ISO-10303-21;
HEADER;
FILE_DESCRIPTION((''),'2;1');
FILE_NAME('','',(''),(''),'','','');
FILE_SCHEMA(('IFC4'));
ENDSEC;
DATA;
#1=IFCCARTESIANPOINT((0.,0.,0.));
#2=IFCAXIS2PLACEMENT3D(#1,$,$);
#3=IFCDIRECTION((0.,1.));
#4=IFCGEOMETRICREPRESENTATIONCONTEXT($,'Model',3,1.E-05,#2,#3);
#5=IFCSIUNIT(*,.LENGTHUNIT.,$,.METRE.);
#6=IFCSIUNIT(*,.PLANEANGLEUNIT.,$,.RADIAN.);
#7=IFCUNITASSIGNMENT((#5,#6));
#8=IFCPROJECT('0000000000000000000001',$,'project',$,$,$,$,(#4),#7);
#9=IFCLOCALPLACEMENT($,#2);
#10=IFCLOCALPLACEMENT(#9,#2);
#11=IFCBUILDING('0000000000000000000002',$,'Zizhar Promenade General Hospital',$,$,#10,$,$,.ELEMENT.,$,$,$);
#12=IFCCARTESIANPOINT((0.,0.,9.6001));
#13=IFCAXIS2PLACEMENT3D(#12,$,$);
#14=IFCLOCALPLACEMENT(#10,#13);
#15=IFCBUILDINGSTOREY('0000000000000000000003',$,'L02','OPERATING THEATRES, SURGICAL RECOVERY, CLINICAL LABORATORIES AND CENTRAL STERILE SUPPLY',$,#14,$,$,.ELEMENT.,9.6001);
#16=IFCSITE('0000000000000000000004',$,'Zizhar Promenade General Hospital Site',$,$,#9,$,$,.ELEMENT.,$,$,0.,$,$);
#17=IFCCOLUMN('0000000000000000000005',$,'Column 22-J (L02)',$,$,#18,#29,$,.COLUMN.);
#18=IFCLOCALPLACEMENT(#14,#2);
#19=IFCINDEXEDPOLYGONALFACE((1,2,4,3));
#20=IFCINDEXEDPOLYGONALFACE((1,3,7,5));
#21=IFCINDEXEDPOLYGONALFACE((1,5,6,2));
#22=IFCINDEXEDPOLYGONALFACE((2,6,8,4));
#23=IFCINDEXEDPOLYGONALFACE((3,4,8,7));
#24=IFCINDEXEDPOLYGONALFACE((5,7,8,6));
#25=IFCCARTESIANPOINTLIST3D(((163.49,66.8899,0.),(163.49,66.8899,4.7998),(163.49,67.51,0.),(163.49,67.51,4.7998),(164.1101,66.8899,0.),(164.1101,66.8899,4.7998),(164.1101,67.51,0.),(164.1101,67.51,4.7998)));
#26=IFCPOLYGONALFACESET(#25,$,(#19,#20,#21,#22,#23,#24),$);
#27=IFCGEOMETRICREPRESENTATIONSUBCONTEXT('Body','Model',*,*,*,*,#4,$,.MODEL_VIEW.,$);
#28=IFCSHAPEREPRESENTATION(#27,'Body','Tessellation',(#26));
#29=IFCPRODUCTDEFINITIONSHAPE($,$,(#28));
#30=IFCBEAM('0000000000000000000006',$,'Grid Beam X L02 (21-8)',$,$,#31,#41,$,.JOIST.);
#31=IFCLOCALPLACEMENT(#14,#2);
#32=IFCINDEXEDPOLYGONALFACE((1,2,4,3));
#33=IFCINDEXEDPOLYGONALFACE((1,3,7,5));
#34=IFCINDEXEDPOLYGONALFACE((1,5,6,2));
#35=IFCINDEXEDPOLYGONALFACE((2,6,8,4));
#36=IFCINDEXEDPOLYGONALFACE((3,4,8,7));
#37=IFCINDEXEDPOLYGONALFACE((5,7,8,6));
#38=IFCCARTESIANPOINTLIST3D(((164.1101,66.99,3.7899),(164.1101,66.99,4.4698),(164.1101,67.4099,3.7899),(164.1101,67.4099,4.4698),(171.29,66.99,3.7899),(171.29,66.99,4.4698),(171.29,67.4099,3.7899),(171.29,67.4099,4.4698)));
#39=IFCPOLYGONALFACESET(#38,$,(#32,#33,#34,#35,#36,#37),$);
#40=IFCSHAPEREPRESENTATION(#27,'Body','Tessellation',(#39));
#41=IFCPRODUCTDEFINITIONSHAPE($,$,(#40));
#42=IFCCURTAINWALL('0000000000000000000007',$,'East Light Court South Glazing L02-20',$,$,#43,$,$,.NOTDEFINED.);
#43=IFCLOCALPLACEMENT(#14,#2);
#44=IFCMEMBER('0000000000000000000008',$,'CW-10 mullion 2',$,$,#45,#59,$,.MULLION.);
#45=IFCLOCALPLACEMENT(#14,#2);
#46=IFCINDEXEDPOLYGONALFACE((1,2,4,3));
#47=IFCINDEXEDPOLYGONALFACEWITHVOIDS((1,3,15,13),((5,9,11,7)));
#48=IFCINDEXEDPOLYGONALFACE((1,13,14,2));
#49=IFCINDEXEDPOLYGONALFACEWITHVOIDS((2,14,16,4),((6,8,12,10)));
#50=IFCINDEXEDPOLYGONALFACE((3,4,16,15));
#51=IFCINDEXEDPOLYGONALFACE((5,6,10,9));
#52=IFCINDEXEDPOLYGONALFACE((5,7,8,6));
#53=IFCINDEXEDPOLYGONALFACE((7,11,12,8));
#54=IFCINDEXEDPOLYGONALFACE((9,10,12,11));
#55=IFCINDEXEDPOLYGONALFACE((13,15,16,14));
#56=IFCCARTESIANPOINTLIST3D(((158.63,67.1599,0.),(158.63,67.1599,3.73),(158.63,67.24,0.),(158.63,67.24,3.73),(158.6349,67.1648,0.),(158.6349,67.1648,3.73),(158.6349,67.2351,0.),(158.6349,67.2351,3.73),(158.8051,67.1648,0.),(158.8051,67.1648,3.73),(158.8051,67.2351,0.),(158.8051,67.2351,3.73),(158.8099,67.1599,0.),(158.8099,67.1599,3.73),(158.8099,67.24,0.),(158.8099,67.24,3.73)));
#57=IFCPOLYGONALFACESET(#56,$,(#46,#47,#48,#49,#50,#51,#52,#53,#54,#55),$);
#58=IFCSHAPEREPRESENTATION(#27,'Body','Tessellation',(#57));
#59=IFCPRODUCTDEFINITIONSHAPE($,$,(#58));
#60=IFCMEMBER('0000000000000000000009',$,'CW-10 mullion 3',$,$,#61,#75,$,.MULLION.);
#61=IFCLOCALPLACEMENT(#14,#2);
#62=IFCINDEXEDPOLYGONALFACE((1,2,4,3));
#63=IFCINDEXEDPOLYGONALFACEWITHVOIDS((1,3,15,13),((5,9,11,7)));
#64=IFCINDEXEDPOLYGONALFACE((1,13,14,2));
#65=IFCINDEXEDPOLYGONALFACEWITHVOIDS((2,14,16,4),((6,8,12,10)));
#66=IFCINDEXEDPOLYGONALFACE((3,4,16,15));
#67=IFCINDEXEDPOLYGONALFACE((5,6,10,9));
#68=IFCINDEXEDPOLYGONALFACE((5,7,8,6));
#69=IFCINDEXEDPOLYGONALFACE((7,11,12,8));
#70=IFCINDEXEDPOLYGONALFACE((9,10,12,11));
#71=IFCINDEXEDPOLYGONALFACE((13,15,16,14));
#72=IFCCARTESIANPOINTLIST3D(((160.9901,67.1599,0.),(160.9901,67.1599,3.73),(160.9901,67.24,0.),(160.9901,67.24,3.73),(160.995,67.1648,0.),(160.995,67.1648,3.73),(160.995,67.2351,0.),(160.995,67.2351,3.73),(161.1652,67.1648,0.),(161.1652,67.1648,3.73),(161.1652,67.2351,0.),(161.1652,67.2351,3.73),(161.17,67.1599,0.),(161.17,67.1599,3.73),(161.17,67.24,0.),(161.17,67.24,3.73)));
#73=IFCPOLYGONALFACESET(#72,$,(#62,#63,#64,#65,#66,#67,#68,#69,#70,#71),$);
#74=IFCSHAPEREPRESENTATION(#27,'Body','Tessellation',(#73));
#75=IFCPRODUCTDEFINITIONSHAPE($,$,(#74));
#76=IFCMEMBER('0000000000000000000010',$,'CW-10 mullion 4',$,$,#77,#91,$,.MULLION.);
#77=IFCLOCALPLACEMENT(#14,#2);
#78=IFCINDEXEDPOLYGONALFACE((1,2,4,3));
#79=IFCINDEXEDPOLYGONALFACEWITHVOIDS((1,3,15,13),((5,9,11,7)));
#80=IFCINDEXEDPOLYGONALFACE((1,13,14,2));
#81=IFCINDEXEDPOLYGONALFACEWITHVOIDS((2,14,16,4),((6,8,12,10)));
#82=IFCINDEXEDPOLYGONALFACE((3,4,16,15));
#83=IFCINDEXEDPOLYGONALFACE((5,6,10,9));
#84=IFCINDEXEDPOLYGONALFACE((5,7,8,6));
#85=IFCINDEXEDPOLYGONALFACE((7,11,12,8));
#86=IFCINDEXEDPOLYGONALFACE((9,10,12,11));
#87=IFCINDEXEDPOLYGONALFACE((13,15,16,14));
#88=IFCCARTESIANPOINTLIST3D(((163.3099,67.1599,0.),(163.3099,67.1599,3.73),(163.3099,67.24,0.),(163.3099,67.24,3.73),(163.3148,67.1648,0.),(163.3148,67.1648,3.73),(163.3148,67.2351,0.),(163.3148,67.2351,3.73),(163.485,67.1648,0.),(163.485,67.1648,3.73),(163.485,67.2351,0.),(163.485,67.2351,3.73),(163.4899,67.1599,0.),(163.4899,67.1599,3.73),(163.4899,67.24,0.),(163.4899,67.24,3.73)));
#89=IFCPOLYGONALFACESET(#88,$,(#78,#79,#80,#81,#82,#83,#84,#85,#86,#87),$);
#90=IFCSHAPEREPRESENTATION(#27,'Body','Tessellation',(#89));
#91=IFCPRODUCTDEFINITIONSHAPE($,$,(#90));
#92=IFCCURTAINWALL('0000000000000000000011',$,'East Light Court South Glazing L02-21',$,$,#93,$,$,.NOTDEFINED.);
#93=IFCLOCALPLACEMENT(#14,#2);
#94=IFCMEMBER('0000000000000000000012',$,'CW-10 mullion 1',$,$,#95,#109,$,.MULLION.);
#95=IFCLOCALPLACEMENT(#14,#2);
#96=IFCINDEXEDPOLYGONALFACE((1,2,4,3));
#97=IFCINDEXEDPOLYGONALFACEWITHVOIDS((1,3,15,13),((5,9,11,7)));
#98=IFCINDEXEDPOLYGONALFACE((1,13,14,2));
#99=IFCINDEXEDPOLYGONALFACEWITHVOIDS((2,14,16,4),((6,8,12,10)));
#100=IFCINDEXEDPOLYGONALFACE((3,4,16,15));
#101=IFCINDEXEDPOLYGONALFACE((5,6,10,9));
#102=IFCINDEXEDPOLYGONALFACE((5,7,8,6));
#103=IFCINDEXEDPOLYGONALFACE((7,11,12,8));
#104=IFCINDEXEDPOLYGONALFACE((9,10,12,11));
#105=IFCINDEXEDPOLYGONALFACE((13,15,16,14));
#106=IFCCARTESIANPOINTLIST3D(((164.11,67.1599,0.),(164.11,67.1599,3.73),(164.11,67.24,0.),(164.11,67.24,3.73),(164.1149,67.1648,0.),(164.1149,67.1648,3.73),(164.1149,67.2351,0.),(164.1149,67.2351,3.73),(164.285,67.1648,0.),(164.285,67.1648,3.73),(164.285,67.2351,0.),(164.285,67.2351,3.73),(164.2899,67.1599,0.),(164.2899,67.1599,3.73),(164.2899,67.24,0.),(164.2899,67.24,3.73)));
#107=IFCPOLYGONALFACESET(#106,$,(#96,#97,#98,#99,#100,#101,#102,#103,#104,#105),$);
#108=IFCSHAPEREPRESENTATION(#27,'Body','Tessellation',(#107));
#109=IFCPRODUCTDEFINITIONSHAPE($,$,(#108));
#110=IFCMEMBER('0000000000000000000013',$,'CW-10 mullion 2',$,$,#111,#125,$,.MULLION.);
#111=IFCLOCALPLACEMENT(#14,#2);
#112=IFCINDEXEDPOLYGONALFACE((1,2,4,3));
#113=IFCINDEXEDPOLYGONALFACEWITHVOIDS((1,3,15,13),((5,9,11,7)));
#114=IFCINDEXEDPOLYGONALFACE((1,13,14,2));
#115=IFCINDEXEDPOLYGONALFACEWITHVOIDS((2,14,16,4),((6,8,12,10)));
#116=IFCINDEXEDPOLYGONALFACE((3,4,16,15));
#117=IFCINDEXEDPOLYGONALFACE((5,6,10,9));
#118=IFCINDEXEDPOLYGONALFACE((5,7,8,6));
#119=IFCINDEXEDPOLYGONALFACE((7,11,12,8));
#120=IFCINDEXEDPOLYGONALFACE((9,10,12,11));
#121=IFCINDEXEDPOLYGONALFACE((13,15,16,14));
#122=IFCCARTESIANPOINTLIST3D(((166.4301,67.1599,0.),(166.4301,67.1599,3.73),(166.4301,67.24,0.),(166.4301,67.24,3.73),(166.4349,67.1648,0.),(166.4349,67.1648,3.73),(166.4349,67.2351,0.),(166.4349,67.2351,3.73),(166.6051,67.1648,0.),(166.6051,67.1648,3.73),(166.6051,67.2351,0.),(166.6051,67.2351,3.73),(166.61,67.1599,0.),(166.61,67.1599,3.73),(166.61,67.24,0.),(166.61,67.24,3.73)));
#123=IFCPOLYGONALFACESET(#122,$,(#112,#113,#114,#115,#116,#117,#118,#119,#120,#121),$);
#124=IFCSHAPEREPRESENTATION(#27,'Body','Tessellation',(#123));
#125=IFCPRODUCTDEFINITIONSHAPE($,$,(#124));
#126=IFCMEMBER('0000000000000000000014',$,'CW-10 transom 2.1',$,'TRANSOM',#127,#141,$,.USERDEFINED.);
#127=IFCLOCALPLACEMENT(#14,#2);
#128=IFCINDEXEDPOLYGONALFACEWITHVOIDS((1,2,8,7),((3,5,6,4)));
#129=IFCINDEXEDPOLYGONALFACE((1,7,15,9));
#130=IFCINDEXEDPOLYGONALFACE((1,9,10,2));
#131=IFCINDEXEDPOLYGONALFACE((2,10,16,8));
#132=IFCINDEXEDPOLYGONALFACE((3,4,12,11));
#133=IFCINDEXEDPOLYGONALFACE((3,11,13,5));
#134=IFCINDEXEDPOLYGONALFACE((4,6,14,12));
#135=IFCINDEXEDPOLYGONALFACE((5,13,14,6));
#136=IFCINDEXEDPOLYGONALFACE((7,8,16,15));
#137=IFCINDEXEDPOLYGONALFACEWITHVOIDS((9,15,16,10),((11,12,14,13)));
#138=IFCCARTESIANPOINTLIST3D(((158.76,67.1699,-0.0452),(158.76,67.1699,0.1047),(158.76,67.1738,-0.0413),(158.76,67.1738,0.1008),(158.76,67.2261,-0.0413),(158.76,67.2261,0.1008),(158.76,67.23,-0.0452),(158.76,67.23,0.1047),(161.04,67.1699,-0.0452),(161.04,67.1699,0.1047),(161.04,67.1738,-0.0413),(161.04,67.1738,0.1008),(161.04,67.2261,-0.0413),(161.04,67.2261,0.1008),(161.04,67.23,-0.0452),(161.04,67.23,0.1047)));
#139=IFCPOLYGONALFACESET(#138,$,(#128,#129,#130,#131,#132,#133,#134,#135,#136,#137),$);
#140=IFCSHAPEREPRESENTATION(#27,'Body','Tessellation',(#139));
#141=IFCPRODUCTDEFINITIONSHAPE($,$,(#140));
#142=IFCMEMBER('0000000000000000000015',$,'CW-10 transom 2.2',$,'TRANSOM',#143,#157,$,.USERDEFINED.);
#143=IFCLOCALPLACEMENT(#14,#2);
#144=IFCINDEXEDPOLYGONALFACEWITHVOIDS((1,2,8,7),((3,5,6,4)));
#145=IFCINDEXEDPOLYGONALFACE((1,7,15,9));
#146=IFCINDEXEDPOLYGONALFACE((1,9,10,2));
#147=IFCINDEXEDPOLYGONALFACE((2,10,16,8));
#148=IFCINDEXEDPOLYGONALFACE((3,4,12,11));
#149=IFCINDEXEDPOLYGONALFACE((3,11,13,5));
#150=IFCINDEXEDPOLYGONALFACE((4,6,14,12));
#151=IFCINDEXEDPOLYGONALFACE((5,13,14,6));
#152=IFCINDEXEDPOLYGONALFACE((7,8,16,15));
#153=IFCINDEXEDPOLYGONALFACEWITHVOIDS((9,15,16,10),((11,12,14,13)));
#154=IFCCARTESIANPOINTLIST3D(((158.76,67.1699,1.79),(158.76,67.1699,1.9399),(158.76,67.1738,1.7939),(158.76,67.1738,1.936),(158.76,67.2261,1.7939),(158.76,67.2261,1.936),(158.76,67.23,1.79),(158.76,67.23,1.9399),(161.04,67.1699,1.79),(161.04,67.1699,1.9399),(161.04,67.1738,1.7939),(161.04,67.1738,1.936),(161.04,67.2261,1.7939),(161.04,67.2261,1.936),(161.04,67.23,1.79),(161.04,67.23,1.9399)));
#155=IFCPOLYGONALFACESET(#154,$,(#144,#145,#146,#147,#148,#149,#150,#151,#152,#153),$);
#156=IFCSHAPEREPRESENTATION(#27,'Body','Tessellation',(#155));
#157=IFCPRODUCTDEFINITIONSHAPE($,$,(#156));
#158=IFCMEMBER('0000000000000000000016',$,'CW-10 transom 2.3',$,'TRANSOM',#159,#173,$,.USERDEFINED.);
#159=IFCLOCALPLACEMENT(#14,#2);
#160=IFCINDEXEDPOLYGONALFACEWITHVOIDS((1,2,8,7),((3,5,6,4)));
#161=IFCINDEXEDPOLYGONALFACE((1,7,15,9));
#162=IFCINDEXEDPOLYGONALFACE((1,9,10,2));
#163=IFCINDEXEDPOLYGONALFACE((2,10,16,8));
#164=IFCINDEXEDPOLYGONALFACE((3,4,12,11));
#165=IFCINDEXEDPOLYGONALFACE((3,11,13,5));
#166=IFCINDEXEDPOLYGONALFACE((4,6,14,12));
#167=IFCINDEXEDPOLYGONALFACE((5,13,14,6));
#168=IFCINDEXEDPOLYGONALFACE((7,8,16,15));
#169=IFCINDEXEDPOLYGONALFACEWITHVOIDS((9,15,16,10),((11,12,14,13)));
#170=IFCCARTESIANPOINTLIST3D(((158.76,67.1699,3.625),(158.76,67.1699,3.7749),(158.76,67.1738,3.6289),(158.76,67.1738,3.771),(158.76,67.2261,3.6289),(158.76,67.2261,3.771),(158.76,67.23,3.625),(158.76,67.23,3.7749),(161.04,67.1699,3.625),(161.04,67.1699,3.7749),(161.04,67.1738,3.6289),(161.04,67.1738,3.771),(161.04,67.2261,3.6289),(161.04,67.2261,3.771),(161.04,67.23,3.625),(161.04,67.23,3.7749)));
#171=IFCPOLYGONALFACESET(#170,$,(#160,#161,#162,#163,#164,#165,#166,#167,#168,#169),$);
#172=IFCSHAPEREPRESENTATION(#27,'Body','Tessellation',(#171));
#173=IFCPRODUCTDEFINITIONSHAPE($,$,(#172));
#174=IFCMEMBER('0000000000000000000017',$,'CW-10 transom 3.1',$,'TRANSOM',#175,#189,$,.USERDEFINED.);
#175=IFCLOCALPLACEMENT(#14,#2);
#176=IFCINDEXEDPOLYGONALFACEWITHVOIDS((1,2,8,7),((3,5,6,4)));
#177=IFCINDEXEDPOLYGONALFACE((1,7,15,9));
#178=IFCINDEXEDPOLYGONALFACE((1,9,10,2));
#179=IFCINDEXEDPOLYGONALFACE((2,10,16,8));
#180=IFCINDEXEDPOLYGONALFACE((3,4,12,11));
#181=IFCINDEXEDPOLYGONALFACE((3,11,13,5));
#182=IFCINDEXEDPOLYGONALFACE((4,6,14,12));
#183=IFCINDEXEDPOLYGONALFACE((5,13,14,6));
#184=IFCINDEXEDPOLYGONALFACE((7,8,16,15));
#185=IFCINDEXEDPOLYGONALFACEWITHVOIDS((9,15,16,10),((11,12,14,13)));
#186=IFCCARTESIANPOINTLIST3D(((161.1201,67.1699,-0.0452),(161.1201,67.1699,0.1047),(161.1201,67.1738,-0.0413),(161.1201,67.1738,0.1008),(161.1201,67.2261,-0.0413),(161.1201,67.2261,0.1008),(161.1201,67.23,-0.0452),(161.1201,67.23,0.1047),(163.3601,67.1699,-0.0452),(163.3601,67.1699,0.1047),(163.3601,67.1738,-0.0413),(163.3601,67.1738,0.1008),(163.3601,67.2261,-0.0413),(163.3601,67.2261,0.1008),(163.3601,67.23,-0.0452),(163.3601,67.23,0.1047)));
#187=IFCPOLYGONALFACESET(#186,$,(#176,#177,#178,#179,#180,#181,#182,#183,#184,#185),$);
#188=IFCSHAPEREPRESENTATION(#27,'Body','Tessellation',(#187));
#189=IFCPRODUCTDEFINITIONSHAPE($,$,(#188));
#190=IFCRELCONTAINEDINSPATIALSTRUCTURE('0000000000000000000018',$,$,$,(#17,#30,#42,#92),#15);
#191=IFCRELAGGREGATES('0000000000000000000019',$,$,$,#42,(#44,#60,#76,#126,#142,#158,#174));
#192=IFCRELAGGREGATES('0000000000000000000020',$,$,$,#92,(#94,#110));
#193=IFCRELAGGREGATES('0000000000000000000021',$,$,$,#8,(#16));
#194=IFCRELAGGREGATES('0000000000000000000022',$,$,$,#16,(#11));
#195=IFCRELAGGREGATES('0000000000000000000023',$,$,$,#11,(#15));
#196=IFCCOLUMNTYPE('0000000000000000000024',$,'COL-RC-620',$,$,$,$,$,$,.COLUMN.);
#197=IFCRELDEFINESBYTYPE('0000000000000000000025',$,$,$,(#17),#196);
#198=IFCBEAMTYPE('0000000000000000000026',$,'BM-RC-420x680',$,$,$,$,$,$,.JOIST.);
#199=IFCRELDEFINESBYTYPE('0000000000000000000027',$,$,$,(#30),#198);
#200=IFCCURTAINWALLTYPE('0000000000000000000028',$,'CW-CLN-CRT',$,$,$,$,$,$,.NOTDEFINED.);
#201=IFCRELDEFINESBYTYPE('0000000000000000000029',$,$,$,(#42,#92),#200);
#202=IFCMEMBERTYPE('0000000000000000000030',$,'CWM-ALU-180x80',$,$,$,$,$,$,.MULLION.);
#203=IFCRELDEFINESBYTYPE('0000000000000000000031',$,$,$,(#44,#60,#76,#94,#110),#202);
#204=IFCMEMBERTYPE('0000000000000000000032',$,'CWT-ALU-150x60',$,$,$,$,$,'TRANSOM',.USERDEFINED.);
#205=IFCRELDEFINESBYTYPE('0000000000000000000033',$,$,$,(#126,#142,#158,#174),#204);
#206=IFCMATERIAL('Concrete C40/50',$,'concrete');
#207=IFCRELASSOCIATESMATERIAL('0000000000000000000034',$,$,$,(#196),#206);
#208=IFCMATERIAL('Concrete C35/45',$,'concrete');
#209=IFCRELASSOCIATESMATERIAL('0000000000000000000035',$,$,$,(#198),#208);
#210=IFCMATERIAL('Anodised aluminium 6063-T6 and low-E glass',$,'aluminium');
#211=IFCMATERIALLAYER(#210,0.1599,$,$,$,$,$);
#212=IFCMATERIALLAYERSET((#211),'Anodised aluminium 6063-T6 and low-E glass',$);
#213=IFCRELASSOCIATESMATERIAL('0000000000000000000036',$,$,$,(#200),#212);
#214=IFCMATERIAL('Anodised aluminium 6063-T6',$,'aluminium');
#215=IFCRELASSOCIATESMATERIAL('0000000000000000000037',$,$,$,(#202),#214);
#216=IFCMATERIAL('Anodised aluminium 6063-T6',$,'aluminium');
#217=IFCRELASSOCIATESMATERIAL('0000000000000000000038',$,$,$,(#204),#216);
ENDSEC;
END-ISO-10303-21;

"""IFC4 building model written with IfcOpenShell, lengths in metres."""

from ifc_helpers import new_model, si_unit, direction, frame, origin, origin_2d, place, context, subcontext, project, spatial, rectangle, hollow_rectangle, extrude, material, layer, layer_set, material_profile, profile_set, type_object, element, aggregate, save


model = new_model("IFC4")

# Units and contexts
model_context = context("Model", 3, precision=1e-05, world=origin(), true_north=direction((0.0, 1.0)))
body_context = subcontext(model_context, "Body", "Model", "MODEL_VIEW")
ifc_project = project(units=[si_unit("LENGTHUNIT", "METRE"), si_unit("PLANEANGLEUNIT", "RADIAN")], contexts=[model_context])

# Site, building, storey
site_placement = place(None, origin())
site = spatial("IfcSite", under=ifc_project, at=site_placement, Name="Zizhar Promenade General Hospital Site", CompositionType="ELEMENT", RefElevation=0.0)
building_placement = place(site_placement, origin())
building = spatial("IfcBuilding", under=site, at=building_placement, Name="Zizhar Promenade General Hospital", CompositionType="ELEMENT")
storey_placement = place(building_placement, frame((0.0, 0.0, 9.6001)))
storey = spatial("IfcBuildingStorey", under=building, at=storey_placement, Name="L02", Description="OPERATING THEATRES, SURGICAL RECOVERY, CLINICAL LABORATORIES AND CENTRAL STERILE SUPPLY", CompositionType="ELEMENT", Elevation=9.6001)

# Column
ifc_material_1 = material(Name="Concrete C40/50", Category="concrete")
ifc_material_profile_1 = material_profile(ifc_material_1, rectangle(XDim=0.6201, YDim=0.6201, at=origin_2d()))
ifc_profile_set_1 = profile_set([ifc_material_profile_1], Name="Concrete C40/50")
column_type = type_object("IfcColumnType", Name="COL-RC-620", PredefinedType="COLUMN", material=ifc_profile_set_1)
column_placement = place(storey_placement, frame((163.8, 67.2, 0.0), z_axis=(0.0, 0.0, 1.0), x_axis=(1.0, 0.0, 0.0)))
element("IfcColumn", 1, at=column_placement, inside=storey, type_object=column_type, Name="Column 22-J (L02)", PredefinedType="COLUMN", context=body_context, shape_type="SweptSolid", body=[
    extrude(rectangle(XDim=0.6201, YDim=0.6201, at=origin_2d()), origin(), (0.0, 0.0, 1.0), 4.7998),
])

# Beam
ifc_material_2 = material(Name="Concrete C35/45", Category="concrete")
ifc_material_profile_2 = material_profile(ifc_material_2, rectangle(XDim=0.4199, YDim=0.6799, at=origin_2d()))
ifc_profile_set_2 = profile_set([ifc_material_profile_2], Name="Concrete C35/45")
beam_type = type_object("IfcBeamType", Name="BM-RC-420x680", PredefinedType="JOIST", material=ifc_profile_set_2)
beam_placement = place(storey_placement, frame((164.1101, 67.2, 4.1299), z_axis=(1.0, 0.0, 0.0), x_axis=(0.0, 1.0, 0.0)))
element("IfcBeam", 2, at=beam_placement, inside=storey, type_object=beam_type, Name="Grid Beam X L02 (21-8)", PredefinedType="JOIST", context=body_context, shape_type="SweptSolid", body=[
    extrude(rectangle(XDim=0.4199, YDim=0.6799, at=origin_2d()), origin(), (0.0, 0.0, 1.0), 7.1799),
])

# Curtain walls, members
ifc_material_3 = material(Name="Anodised aluminium 6063-T6 and low-E glass", Category="aluminium")
ifc_layer_1 = layer(ifc_material_3, 0.1599)
ifc_layer_set_1 = layer_set([ifc_layer_1], Name="Anodised aluminium 6063-T6 and low-E glass")
curtain_wall_type = type_object("IfcCurtainWallType", Name="CW-CLN-CRT", PredefinedType="NOTDEFINED", material=ifc_layer_set_1)
curtain_wall_1_placement = place(storey_placement, origin())
curtain_wall_1 = element("IfcCurtainWall", 3, at=curtain_wall_1_placement, inside=storey, type_object=curtain_wall_type, Name="East Light Court South Glazing L02-20", PredefinedType="NOTDEFINED")
ifc_material_4 = material(Name="Anodised aluminium 6063-T6", Category="aluminium")
ifc_material_profile_3 = material_profile(ifc_material_4, hollow_rectangle(XDim=0.0801, YDim=0.1799, WallThickness=0.0049, at=origin_2d()))
ifc_profile_set_3 = profile_set([ifc_material_profile_3], Name="Anodised aluminium 6063-T6")
member_type_1 = type_object("IfcMemberType", Name="CWM-ALU-180x80", PredefinedType="MULLION", material=ifc_profile_set_3)
member_1_placement = place(storey_placement, frame((158.72, 67.2, 0.0), z_axis=(0.0, 0.0, 1.0), x_axis=(0.0, 1.0, 0.0)))
member_1 = element("IfcMember", 4, at=member_1_placement, type_object=member_type_1, Name="CW-10 mullion 2", PredefinedType="MULLION", context=body_context, shape_type="SweptSolid", body=[
    extrude(hollow_rectangle(XDim=0.0801, YDim=0.1799, WallThickness=0.0049, at=origin_2d()), origin(), (0.0, 0.0, 1.0), 3.73),
])
member_2_placement = place(storey_placement, frame((161.0801, 67.2, 0.0), z_axis=(0.0, 0.0, 1.0), x_axis=(0.0, 1.0, 0.0)))
member_2 = element("IfcMember", 5, at=member_2_placement, type_object=member_type_1, Name="CW-10 mullion 3", PredefinedType="MULLION", context=body_context, shape_type="SweptSolid", body=[
    extrude(hollow_rectangle(XDim=0.0801, YDim=0.1799, WallThickness=0.0049, at=origin_2d()), origin(), (0.0, 0.0, 1.0), 3.73),
])
member_3_placement = place(storey_placement, frame((163.3999, 67.2, 0.0), z_axis=(0.0, 0.0, 1.0), x_axis=(0.0, 1.0, 0.0)))
member_3 = element("IfcMember", 6, at=member_3_placement, type_object=member_type_1, Name="CW-10 mullion 4", PredefinedType="MULLION", context=body_context, shape_type="SweptSolid", body=[
    extrude(hollow_rectangle(XDim=0.0801, YDim=0.1799, WallThickness=0.0049, at=origin_2d()), origin(), (0.0, 0.0, 1.0), 3.73),
])
curtain_wall_2_placement = place(storey_placement, origin())
curtain_wall_2 = element("IfcCurtainWall", 7, at=curtain_wall_2_placement, inside=storey, type_object=curtain_wall_type, Name="East Light Court South Glazing L02-21", PredefinedType="NOTDEFINED")
member_4_placement = place(storey_placement, frame((164.2, 67.2, 0.0), z_axis=(0.0, 0.0, 1.0), x_axis=(0.0, 1.0, 0.0)))
member_4 = element("IfcMember", 8, at=member_4_placement, type_object=member_type_1, Name="CW-10 mullion 1", PredefinedType="MULLION", context=body_context, shape_type="SweptSolid", body=[
    extrude(hollow_rectangle(XDim=0.0801, YDim=0.1799, WallThickness=0.0049, at=origin_2d()), origin(), (0.0, 0.0, 1.0), 3.73),
])
member_5_placement = place(storey_placement, frame((166.52, 67.2, 0.0), z_axis=(0.0, 0.0, 1.0), x_axis=(0.0, 1.0, 0.0)))
member_5 = element("IfcMember", 9, at=member_5_placement, type_object=member_type_1, Name="CW-10 mullion 2", PredefinedType="MULLION", context=body_context, shape_type="SweptSolid", body=[
    extrude(hollow_rectangle(XDim=0.0801, YDim=0.1799, WallThickness=0.0049, at=origin_2d()), origin(), (0.0, 0.0, 1.0), 3.73),
])

# Members
ifc_material_5 = material(Name="Anodised aluminium 6063-T6", Category="aluminium")
ifc_material_profile_4 = material_profile(ifc_material_5, hollow_rectangle(XDim=0.0601, YDim=0.1499, WallThickness=0.0039, at=origin_2d()))
ifc_profile_set_4 = profile_set([ifc_material_profile_4], Name="Anodised aluminium 6063-T6")
member_type_2 = type_object("IfcMemberType", Name="CWT-ALU-150x60", ElementType="TRANSOM", PredefinedType="USERDEFINED", material=ifc_profile_set_4)
member_6_placement = place(storey_placement, frame((158.76, 67.2, 0.0298), z_axis=(1.0, 0.0, 0.0), x_axis=(0.0, 1.0, 0.0)))
member_6 = element("IfcMember", 10, at=member_6_placement, type_object=member_type_2, Name="CW-10 transom 2.1", ObjectType="TRANSOM", PredefinedType="USERDEFINED", context=body_context, shape_type="SweptSolid", body=[
    extrude(hollow_rectangle(XDim=0.0601, YDim=0.1499, WallThickness=0.0039, at=origin_2d()), origin(), (0.0, 0.0, 1.0), 2.28),
])
member_7_placement = place(storey_placement, frame((158.76, 67.2, 1.865), z_axis=(1.0, 0.0, 0.0), x_axis=(0.0, 1.0, 0.0)))
member_7 = element("IfcMember", 11, at=member_7_placement, type_object=member_type_2, Name="CW-10 transom 2.2", ObjectType="TRANSOM", PredefinedType="USERDEFINED", context=body_context, shape_type="SweptSolid", body=[
    extrude(hollow_rectangle(XDim=0.0601, YDim=0.1499, WallThickness=0.0039, at=origin_2d()), origin(), (0.0, 0.0, 1.0), 2.28),
])
member_8_placement = place(storey_placement, frame((158.76, 67.2, 3.7), z_axis=(1.0, 0.0, 0.0), x_axis=(0.0, 1.0, 0.0)))
member_8 = element("IfcMember", 12, at=member_8_placement, type_object=member_type_2, Name="CW-10 transom 2.3", ObjectType="TRANSOM", PredefinedType="USERDEFINED", context=body_context, shape_type="SweptSolid", body=[
    extrude(hollow_rectangle(XDim=0.0601, YDim=0.1499, WallThickness=0.0039, at=origin_2d()), origin(), (0.0, 0.0, 1.0), 2.28),
])
member_9_placement = place(storey_placement, frame((161.1201, 67.2, 0.0298), z_axis=(1.0, 0.0, 0.0), x_axis=(0.0, 1.0, 0.0)))
member_9 = element("IfcMember", 13, at=member_9_placement, type_object=member_type_2, Name="CW-10 transom 3.1", ObjectType="TRANSOM", PredefinedType="USERDEFINED", context=body_context, shape_type="SweptSolid", body=[
    extrude(hollow_rectangle(XDim=0.0601, YDim=0.1499, WallThickness=0.0039, at=origin_2d()), origin(), (0.0, 0.0, 1.0), 2.24),
])

aggregate(curtain_wall_1, [member_1, member_2, member_3, member_6, member_7, member_8, member_9])
aggregate(curtain_wall_2, [member_4, member_5])

save(model, "model.ifc")
